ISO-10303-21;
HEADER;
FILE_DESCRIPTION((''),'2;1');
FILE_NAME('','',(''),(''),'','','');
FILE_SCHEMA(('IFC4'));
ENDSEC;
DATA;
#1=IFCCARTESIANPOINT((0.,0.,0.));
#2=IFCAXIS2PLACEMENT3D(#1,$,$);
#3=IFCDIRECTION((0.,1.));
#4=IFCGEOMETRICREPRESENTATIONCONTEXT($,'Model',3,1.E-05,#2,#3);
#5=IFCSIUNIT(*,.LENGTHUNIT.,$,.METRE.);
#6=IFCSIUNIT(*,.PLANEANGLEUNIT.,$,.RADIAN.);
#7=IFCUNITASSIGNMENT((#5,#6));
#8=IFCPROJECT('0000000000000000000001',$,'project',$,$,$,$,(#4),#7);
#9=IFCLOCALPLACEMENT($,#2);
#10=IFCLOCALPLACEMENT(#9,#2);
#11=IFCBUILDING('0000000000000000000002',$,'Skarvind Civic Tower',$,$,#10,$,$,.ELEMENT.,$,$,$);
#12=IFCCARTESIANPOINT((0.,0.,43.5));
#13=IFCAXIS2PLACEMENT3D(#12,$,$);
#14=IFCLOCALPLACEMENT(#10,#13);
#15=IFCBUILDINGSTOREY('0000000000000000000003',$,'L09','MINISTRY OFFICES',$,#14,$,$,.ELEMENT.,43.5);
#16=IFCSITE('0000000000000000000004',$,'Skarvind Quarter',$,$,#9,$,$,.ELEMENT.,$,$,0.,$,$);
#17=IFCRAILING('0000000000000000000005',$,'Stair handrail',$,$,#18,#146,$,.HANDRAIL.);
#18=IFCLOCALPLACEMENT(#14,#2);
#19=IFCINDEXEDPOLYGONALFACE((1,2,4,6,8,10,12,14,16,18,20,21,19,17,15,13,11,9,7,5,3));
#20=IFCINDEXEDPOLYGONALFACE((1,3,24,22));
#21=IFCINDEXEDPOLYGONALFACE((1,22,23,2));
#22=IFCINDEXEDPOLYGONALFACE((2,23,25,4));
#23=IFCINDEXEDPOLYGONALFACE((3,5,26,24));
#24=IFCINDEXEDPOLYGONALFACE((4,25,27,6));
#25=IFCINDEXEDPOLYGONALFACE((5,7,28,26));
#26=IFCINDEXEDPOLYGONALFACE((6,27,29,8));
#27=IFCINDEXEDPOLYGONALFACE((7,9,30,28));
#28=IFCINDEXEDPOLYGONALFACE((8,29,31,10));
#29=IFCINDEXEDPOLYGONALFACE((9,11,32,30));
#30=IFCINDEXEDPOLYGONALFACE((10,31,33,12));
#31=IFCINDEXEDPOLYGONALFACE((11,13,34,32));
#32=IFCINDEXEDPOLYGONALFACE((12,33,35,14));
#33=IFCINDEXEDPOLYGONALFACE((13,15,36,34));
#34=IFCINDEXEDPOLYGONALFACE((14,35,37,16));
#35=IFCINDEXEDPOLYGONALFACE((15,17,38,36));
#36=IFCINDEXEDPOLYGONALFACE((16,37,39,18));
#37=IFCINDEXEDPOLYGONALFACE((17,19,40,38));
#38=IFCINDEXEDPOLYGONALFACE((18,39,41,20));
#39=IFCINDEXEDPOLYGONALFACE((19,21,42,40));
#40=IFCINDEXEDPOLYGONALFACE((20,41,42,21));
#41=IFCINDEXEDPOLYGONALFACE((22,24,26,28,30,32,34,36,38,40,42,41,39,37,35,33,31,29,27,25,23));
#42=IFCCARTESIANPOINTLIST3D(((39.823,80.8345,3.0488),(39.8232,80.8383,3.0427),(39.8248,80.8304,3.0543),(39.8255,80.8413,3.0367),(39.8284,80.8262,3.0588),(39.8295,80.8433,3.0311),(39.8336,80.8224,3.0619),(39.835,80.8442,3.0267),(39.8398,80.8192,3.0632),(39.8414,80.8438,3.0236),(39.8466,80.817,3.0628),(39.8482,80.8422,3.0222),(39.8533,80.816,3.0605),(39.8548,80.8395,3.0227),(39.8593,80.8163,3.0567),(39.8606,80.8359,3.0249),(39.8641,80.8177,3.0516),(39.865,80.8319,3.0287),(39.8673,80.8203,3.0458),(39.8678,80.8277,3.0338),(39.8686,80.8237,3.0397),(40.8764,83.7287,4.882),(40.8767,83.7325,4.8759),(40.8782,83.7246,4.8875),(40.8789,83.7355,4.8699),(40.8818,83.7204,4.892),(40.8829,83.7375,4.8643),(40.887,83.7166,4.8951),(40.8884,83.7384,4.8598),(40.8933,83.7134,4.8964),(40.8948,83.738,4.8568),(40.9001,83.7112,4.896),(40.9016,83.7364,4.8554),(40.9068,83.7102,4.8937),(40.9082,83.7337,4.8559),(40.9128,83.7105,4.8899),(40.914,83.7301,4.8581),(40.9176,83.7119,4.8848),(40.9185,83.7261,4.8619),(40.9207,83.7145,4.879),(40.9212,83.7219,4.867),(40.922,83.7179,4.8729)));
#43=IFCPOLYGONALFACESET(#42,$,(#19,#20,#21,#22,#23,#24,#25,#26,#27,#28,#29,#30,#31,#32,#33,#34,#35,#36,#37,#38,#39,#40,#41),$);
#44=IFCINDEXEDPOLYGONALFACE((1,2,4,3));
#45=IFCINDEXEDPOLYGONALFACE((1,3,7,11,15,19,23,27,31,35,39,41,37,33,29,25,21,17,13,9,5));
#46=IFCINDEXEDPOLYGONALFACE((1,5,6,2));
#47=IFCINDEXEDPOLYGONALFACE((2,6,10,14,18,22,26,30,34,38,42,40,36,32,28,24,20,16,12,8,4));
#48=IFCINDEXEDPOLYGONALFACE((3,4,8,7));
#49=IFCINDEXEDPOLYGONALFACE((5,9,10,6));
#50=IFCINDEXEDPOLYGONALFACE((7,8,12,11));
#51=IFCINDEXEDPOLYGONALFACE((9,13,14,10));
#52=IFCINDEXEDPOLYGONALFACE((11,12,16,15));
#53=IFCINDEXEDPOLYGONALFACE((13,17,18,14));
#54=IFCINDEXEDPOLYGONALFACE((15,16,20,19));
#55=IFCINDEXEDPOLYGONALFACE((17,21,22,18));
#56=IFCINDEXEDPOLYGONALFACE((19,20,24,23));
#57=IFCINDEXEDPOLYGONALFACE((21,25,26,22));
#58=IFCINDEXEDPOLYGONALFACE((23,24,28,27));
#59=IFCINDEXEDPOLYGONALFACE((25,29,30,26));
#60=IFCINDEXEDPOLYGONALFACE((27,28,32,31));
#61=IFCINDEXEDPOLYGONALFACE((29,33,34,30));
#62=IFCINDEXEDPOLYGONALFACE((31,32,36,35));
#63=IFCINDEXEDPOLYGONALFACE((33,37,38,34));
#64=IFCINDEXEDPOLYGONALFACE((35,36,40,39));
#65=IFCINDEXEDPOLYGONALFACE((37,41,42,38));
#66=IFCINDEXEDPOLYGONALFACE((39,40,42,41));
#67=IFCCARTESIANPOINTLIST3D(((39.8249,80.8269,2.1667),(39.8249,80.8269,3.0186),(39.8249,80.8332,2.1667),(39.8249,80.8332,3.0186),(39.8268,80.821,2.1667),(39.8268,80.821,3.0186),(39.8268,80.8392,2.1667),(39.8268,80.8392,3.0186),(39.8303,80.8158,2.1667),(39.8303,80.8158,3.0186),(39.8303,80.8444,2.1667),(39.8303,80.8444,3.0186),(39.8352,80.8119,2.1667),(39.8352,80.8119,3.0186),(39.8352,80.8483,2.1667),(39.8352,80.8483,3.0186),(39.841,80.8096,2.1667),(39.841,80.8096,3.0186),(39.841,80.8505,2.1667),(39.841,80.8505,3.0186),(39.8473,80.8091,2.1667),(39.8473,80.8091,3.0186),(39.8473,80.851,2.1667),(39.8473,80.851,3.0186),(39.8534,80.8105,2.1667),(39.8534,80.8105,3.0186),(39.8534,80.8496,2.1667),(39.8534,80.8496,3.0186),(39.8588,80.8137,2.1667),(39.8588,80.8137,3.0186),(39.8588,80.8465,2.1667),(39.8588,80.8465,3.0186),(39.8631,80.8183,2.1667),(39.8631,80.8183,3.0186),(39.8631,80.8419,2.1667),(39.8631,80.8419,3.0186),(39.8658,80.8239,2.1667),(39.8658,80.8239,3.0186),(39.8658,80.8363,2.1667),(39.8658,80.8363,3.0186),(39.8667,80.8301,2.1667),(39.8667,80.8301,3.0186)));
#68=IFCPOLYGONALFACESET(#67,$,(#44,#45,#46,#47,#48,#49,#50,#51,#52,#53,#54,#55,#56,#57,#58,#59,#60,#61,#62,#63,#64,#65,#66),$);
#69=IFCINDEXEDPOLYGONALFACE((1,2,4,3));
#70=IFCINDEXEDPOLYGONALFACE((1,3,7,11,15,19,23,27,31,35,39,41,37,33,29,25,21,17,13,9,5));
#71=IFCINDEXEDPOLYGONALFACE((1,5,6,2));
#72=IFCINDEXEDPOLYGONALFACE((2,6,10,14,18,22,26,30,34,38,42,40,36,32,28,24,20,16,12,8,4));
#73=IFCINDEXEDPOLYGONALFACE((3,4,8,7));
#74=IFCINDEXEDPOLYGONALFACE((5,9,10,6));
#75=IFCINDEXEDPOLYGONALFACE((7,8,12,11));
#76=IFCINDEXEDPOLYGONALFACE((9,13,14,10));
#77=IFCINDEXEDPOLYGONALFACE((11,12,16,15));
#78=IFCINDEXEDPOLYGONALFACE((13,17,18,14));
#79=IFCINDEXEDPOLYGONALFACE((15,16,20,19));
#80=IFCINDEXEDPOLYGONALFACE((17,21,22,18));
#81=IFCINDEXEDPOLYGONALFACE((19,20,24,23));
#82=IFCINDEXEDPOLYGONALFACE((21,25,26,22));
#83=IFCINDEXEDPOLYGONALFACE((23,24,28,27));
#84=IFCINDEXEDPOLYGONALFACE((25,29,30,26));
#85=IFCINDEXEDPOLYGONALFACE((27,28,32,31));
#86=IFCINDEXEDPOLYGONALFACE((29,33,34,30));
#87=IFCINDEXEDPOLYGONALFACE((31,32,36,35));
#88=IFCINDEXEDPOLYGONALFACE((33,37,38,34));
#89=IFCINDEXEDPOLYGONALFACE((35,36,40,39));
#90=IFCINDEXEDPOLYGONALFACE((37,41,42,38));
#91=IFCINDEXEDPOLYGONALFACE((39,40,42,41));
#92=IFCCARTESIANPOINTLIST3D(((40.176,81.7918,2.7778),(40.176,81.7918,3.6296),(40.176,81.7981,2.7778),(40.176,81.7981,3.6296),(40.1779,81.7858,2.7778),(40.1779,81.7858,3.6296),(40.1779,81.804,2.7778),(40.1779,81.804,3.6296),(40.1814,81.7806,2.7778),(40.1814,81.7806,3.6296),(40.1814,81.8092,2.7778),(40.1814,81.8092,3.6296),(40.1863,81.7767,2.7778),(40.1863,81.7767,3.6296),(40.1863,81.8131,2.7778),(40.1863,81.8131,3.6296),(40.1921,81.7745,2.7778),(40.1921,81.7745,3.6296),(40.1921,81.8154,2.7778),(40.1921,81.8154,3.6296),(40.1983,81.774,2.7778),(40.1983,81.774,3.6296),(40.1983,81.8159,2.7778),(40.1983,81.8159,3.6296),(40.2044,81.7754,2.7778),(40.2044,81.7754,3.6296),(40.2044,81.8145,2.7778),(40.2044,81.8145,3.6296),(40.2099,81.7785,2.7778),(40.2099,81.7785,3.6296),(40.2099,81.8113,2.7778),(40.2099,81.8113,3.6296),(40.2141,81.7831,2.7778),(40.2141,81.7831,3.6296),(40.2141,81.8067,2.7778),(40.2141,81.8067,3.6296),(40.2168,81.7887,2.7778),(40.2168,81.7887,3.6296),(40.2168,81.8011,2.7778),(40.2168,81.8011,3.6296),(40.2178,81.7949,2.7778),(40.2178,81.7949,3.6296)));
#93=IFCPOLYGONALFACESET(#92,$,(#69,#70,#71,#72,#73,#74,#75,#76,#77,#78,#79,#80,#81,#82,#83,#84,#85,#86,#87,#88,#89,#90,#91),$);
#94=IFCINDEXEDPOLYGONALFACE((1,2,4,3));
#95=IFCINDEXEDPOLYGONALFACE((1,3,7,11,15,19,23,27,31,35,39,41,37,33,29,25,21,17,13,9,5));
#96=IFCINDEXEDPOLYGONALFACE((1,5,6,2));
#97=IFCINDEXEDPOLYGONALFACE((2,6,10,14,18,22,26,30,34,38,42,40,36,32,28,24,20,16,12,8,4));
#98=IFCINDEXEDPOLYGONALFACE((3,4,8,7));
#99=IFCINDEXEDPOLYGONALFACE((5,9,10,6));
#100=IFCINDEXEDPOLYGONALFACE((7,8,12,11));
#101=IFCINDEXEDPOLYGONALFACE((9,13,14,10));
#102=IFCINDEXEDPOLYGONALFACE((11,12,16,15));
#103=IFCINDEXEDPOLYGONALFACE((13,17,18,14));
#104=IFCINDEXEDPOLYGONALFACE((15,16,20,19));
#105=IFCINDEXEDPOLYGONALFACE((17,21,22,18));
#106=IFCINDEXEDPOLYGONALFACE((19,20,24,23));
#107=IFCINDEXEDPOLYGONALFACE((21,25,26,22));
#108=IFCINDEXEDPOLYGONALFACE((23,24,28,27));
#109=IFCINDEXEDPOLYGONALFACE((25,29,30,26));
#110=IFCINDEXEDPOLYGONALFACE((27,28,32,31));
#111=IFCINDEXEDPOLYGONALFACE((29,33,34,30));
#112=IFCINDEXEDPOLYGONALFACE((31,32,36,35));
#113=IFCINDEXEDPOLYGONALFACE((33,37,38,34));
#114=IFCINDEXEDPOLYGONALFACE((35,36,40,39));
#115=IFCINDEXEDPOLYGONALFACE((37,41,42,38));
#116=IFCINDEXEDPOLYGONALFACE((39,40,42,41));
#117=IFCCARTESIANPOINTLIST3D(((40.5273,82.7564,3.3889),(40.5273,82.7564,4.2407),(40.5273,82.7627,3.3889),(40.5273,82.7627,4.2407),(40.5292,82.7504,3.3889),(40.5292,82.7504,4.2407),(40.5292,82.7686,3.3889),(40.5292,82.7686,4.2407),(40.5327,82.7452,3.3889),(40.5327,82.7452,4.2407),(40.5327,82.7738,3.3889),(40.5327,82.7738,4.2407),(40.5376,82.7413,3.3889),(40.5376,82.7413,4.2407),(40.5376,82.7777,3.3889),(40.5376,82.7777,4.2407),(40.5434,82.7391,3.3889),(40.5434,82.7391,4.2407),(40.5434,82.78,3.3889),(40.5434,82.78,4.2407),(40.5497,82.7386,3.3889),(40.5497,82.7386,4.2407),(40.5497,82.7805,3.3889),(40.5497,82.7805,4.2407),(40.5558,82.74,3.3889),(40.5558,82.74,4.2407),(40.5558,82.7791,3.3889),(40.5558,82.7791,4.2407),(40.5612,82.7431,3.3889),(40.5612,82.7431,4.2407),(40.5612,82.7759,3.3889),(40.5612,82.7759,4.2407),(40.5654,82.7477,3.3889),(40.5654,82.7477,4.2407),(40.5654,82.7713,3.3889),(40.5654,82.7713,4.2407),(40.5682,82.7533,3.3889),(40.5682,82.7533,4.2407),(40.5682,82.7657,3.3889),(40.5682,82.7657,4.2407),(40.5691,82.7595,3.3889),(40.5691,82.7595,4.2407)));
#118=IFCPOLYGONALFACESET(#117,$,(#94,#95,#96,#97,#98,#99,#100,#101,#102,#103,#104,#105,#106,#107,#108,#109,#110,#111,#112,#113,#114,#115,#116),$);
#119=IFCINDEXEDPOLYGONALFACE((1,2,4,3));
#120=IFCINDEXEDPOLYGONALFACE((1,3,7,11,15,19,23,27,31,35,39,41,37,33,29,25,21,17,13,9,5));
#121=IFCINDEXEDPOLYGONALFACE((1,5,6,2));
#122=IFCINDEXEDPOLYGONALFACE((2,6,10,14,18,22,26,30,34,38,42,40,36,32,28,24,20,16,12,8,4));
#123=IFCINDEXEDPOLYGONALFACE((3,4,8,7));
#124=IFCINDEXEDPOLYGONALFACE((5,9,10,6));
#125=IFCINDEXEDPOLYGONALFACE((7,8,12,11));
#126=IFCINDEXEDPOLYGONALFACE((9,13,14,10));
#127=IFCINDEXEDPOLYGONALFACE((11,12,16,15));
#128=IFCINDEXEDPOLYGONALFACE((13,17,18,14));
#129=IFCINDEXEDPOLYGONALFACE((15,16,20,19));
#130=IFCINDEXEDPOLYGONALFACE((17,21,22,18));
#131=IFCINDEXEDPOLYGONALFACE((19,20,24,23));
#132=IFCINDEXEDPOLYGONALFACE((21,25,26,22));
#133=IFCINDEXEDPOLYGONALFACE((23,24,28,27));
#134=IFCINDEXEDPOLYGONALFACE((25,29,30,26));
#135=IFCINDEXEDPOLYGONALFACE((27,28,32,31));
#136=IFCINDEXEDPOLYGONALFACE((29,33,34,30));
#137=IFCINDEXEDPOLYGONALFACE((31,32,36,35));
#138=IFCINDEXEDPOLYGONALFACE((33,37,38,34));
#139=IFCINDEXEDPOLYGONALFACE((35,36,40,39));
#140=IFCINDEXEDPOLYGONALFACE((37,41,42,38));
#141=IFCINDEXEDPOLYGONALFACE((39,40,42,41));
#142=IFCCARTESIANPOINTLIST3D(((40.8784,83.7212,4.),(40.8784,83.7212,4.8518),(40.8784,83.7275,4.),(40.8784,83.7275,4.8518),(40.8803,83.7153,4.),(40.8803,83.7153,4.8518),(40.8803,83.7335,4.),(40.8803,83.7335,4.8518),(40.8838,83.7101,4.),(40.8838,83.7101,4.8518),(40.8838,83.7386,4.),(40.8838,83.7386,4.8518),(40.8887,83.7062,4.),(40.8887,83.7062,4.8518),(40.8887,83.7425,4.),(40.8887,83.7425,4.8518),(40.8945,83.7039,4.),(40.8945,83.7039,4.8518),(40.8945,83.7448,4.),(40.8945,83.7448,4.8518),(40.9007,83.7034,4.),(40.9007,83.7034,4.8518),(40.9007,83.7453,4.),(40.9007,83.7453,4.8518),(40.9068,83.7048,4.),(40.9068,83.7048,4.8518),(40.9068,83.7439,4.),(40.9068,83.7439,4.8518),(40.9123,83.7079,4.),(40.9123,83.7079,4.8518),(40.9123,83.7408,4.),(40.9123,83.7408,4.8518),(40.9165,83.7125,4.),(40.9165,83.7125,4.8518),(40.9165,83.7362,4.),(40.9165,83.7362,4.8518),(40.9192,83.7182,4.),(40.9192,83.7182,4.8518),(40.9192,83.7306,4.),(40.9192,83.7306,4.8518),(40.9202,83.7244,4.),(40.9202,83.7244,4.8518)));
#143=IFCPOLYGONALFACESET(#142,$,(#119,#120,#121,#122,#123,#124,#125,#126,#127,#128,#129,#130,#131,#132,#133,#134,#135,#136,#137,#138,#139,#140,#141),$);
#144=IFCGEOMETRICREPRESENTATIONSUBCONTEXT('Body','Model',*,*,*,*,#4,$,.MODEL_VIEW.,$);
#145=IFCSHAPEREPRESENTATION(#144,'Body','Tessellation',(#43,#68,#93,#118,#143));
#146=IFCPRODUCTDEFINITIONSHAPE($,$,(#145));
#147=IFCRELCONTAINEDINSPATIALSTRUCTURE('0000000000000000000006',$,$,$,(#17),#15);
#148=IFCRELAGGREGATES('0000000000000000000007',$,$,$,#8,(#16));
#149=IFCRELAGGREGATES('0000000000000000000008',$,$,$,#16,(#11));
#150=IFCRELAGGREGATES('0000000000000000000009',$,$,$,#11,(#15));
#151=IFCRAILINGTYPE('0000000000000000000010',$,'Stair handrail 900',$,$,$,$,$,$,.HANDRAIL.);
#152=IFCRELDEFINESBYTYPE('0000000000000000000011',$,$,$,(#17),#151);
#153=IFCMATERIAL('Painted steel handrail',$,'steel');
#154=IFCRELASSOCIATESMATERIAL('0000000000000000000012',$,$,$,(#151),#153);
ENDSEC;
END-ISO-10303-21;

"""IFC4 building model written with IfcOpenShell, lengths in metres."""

from ifc_helpers import new_model, si_unit, direction, frame, origin, origin_2d, place, context, subcontext, project, spatial, circle, extrude, material, type_object, element, save


model = new_model("IFC4")

# Units and contexts
model_context = context("Model", 3, precision=1e-05, world=origin(), true_north=direction((0.0, 1.0)))
body_context = subcontext(model_context, "Body", "Model", "MODEL_VIEW")
ifc_project = project(units=[si_unit("LENGTHUNIT", "METRE"), si_unit("PLANEANGLEUNIT", "RADIAN")], contexts=[model_context])

# Site, building, storey
site_placement = place(None, origin())
site = spatial("IfcSite", under=ifc_project, at=site_placement, Name="Skarvind Quarter", CompositionType="ELEMENT", RefElevation=0.0)
building_placement = place(site_placement, origin())
building = spatial("IfcBuilding", under=site, at=building_placement, Name="Skarvind Civic Tower", CompositionType="ELEMENT")
storey_placement = place(building_placement, frame((0.0, 0.0, 43.5)))
storey = spatial("IfcBuildingStorey", under=building, at=storey_placement, Name="L09", Description="MINISTRY OFFICES", CompositionType="ELEMENT", Elevation=43.5)

# Railing
ifc_material_1 = material(Name="Painted steel handrail", Category="steel")
railing_type = type_object("IfcRailingType", Name="Stair handrail 900", PredefinedType="HANDRAIL", material=ifc_material_1)
railing_1_placement = place(storey_placement, frame((39.8457, 80.8301, 2.1667)))
element("IfcRailing", 1, at=railing_1_placement, inside=storey, type_object=railing_type, Name="Stair handrail", PredefinedType="HANDRAIL", context=body_context, shape_type="SweptSolid", body=[
    extrude(circle(Radius=0.0239, at=origin_2d()), frame((0.0, 0.0, 0.876), z_axis=(0.293908, 0.807481, 0.511461), x_axis=(-0.939689, 0.342029, 0.0)), (0.0, 0.0, 1.0), 3.5842),
    extrude(circle(Radius=0.021, at=origin_2d()), origin(), (0.0, 0.0, 1.0), 0.8518),
    extrude(circle(Radius=0.021, at=origin_2d()), frame((0.3511, 0.9648, 0.6111)), (0.0, 0.0, 1.0), 0.8518),
    extrude(circle(Radius=0.021, at=origin_2d()), frame((0.7024, 1.9294, 1.2222)), (0.0, 0.0, 1.0), 0.8518),
    extrude(circle(Radius=0.021, at=origin_2d()), frame((1.0535, 2.8943, 1.8333)), (0.0, 0.0, 1.0), 0.8518),
])

save(model, "model.ifc")
